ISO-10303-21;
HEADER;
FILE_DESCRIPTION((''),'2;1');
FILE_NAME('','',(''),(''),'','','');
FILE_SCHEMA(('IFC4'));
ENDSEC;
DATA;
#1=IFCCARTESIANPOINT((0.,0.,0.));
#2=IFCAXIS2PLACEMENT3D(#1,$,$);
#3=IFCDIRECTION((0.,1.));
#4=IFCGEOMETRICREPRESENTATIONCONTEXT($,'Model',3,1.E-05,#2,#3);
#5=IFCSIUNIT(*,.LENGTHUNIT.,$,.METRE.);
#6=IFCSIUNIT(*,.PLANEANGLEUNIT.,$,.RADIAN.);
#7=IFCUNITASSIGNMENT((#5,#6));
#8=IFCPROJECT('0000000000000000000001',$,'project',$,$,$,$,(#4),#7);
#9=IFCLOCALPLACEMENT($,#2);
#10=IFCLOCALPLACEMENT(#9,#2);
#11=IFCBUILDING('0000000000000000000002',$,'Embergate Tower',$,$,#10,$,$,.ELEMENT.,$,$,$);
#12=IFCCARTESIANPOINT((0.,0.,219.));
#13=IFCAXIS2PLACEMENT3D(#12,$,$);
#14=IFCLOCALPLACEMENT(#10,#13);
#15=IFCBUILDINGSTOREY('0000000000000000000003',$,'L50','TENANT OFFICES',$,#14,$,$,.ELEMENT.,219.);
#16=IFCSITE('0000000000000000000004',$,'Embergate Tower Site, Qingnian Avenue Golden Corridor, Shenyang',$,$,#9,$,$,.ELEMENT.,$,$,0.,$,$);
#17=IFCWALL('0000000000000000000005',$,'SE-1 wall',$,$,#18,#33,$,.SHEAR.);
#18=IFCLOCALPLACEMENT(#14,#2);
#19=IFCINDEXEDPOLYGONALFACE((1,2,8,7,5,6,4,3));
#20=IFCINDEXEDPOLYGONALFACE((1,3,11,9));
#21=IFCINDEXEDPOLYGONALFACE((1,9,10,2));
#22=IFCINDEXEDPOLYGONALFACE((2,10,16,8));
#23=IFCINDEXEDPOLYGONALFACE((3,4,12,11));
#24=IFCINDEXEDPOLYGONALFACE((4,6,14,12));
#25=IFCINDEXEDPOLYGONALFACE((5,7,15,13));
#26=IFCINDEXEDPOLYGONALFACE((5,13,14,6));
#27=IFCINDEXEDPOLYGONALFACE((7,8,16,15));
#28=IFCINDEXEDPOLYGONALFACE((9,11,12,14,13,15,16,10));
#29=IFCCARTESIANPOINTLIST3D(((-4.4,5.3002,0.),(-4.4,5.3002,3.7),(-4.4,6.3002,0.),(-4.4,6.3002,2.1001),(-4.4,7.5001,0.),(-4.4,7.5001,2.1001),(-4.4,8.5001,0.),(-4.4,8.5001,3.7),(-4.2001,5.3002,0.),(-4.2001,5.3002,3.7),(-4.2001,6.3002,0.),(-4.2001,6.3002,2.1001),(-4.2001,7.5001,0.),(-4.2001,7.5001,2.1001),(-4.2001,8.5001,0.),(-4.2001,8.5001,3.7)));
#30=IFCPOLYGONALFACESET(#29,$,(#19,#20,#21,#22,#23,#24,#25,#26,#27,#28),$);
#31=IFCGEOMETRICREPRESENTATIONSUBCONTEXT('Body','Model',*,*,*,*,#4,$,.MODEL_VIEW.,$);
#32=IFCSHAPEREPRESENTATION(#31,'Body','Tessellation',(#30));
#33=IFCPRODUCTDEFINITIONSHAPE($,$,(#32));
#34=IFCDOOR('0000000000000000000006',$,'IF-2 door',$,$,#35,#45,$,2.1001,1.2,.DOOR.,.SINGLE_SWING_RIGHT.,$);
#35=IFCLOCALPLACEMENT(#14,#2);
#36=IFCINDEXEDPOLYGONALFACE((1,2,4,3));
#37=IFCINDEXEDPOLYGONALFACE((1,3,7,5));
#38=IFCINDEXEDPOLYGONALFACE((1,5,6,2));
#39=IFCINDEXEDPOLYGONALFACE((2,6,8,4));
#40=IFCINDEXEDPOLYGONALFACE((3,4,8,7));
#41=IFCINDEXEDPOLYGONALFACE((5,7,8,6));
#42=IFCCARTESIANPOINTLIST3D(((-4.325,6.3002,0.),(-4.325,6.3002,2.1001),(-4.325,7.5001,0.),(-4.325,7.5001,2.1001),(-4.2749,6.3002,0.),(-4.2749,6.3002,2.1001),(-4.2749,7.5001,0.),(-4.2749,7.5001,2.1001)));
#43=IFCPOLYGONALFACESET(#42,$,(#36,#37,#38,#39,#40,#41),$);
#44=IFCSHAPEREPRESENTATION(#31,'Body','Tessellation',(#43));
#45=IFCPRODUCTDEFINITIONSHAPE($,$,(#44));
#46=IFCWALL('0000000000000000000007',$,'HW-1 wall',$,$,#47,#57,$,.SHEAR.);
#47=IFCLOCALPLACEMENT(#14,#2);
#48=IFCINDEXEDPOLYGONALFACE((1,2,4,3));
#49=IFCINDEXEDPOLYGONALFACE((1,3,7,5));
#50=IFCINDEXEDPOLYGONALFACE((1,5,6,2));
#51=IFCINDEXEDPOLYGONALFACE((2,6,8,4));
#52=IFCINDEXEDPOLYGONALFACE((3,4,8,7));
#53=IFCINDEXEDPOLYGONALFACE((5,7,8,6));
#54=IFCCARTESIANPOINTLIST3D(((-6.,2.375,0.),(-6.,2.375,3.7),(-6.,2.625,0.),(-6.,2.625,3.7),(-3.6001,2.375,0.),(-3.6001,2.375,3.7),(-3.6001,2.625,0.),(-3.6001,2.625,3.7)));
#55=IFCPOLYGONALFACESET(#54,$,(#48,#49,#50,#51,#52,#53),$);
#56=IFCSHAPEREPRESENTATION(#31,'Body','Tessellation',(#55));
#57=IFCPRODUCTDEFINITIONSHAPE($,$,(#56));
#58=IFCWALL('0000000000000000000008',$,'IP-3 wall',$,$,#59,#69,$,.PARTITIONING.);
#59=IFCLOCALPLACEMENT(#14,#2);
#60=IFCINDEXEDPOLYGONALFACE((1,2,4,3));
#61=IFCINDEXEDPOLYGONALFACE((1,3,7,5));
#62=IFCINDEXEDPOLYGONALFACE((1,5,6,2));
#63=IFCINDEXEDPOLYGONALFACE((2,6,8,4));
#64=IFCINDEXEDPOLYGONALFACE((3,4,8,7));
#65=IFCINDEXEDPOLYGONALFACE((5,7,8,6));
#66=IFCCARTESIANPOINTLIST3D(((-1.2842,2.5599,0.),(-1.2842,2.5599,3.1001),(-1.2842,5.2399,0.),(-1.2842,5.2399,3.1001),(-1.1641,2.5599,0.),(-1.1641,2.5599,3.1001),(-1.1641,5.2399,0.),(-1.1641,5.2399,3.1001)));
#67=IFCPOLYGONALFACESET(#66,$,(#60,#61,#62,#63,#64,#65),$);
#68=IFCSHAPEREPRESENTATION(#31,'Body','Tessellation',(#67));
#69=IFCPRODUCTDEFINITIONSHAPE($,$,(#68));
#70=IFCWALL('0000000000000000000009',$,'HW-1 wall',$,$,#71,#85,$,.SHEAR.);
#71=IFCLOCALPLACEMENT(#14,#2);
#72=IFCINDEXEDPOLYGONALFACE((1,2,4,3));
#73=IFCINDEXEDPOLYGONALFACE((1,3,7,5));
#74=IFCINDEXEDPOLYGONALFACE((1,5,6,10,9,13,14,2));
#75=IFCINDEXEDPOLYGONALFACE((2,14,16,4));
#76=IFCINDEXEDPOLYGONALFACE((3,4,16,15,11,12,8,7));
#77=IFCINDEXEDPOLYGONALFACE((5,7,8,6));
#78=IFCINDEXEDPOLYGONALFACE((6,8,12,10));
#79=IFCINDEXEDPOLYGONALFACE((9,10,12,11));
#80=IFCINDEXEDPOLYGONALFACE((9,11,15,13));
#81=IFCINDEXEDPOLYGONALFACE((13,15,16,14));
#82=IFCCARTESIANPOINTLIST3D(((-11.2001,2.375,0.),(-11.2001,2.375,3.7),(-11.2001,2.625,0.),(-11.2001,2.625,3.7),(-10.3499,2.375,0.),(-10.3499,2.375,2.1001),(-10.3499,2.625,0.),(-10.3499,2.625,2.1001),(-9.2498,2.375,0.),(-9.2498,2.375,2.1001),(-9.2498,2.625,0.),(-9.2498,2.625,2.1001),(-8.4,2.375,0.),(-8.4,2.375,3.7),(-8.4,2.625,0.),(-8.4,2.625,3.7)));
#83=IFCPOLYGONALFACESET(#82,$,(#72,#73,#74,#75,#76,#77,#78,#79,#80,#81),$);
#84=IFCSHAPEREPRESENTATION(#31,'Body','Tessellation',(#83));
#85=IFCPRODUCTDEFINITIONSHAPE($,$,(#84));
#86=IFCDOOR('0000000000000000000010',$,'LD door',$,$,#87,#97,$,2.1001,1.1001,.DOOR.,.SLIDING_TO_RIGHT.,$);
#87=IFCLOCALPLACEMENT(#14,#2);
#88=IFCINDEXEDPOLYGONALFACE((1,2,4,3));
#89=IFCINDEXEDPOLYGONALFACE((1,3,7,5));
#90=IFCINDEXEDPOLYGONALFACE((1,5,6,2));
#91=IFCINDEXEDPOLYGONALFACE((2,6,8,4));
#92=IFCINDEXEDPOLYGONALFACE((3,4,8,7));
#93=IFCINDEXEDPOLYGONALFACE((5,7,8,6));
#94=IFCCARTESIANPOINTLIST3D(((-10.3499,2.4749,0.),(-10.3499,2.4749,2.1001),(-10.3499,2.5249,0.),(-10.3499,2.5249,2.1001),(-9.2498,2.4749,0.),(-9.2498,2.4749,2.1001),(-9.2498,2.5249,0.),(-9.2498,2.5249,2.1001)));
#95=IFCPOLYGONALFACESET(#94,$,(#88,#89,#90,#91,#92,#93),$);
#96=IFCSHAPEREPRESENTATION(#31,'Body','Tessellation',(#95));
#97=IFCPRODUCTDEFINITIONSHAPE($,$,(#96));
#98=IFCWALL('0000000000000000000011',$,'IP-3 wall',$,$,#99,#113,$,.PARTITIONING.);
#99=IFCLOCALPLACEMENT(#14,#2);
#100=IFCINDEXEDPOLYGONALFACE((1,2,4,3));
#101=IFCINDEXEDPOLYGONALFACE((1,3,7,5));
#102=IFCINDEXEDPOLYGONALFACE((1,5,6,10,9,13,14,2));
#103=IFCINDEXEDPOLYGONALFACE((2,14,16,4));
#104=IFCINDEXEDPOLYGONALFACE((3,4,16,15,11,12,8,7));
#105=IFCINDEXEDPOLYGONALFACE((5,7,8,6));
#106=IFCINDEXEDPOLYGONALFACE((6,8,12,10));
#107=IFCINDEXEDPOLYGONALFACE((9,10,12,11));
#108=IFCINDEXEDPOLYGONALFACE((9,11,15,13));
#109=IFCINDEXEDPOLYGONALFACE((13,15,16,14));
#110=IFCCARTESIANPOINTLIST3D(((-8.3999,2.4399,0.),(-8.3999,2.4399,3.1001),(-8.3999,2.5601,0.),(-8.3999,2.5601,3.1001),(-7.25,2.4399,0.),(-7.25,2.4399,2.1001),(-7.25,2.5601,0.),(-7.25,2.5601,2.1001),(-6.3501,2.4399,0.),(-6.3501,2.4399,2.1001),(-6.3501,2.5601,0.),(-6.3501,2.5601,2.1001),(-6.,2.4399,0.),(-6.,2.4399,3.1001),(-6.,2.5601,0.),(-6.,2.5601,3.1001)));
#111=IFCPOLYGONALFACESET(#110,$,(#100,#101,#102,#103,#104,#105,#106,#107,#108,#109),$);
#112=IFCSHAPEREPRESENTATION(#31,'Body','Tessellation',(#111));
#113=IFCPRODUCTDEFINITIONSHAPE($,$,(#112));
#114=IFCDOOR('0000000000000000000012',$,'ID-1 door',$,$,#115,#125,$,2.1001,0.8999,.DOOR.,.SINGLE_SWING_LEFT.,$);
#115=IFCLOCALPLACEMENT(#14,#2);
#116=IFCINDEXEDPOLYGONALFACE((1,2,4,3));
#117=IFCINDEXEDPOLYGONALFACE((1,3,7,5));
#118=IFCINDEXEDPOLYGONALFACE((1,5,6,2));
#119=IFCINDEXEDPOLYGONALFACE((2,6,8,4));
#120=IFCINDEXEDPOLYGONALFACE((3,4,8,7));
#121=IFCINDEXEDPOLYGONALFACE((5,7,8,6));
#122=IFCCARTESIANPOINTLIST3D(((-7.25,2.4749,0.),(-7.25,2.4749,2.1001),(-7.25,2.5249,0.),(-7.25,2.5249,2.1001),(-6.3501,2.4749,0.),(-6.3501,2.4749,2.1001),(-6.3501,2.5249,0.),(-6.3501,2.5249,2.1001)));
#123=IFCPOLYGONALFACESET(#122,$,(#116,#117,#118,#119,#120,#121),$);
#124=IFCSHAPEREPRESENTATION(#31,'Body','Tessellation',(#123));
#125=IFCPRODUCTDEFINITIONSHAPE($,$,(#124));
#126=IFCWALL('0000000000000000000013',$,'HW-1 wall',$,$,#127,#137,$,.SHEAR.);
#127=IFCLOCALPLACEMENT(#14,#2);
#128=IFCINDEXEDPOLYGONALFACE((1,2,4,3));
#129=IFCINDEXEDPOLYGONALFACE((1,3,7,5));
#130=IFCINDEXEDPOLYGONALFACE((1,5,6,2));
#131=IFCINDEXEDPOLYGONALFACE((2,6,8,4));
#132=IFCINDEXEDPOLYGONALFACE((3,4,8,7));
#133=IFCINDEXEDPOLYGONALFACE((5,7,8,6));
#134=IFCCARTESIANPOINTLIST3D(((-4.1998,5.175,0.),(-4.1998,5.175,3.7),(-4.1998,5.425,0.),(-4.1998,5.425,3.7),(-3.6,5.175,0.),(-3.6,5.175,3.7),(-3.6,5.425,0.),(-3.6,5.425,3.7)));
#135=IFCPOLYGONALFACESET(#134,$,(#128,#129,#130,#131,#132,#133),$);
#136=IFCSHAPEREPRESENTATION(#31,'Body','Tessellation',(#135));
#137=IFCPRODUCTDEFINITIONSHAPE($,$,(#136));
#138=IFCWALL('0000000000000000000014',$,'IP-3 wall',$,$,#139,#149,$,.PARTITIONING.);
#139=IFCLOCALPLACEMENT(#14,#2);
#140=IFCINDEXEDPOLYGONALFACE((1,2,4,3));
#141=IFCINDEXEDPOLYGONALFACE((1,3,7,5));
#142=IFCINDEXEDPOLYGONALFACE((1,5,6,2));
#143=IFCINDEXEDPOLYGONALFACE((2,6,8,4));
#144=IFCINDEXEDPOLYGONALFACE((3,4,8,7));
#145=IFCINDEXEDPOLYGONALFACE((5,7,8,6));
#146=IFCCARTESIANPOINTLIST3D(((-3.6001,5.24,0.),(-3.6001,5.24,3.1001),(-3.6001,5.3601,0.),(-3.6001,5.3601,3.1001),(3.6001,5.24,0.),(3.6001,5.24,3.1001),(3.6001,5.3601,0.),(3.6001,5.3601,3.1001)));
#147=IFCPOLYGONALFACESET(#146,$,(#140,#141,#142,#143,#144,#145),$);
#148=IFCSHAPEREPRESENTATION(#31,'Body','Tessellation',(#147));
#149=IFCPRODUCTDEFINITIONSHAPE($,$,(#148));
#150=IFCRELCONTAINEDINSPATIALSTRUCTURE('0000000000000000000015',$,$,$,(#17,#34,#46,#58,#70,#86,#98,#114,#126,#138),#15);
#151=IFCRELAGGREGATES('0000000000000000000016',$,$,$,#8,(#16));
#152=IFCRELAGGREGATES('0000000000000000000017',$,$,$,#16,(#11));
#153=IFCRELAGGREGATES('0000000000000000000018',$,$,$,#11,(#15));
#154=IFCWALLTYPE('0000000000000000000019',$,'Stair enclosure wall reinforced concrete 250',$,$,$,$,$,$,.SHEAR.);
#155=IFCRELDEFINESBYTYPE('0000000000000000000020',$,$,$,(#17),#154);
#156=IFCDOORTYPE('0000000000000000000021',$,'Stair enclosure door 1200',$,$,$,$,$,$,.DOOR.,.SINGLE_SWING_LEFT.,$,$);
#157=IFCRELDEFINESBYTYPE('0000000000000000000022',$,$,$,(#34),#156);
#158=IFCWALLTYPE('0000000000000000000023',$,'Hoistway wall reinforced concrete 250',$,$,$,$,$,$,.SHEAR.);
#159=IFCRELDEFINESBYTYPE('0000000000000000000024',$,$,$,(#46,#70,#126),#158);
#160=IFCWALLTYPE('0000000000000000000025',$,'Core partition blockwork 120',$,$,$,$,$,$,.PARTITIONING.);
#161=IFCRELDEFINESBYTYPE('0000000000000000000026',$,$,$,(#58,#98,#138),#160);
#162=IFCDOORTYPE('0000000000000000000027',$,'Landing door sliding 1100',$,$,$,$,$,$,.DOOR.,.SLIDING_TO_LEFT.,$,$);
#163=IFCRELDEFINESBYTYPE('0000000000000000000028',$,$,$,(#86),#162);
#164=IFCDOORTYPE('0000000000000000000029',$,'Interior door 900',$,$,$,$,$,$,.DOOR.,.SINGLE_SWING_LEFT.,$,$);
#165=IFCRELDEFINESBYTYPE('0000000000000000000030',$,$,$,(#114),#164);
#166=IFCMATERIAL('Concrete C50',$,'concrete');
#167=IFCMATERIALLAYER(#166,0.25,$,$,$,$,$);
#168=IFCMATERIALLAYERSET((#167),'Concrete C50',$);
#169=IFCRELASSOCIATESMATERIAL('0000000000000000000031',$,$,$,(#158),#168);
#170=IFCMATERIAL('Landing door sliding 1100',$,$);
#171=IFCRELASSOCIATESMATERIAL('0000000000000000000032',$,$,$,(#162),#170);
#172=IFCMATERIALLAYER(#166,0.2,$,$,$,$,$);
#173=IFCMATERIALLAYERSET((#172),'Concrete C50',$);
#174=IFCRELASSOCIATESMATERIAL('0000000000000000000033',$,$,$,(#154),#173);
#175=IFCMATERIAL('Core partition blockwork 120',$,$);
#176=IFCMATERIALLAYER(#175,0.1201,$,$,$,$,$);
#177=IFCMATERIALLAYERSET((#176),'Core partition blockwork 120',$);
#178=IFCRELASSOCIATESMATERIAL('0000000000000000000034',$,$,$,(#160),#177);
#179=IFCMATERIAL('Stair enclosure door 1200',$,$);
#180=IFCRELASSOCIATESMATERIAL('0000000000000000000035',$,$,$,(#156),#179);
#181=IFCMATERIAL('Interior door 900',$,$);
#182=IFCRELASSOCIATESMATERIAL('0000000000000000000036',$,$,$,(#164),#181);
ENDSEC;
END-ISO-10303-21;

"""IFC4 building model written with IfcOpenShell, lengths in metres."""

from ifc_helpers import new_model, si_unit, direction, frame, frame_2d, origin, place, context, subcontext, project, spatial, rectangle, extrude, source, transform, mapped, material, layer, layer_set, type_object, element, fill, save


model = new_model("IFC4")

# Units and contexts
model_context = context("Model", 3, precision=1e-05, world=origin(), true_north=direction((0.0, 1.0)))
body_context = subcontext(model_context, "Body", "Model", "MODEL_VIEW")
ifc_project = project(units=[si_unit("LENGTHUNIT", "METRE"), si_unit("PLANEANGLEUNIT", "RADIAN")], contexts=[model_context])

# Site, building, storey
site_placement = place(None, origin())
site = spatial("IfcSite", under=ifc_project, at=site_placement, Name="Embergate Tower Site, Qingnian Avenue Golden Corridor, Shenyang", CompositionType="ELEMENT", RefElevation=0.0)
building_placement = place(site_placement, origin())
building = spatial("IfcBuilding", under=site, at=building_placement, Name="Embergate Tower", CompositionType="ELEMENT")
storey_placement = place(building_placement, frame((0.0, 0.0, 219.0)))
storey = spatial("IfcBuildingStorey", under=building, at=storey_placement, Name="L50", Description="TENANT OFFICES", CompositionType="ELEMENT", Elevation=219.0)

# Shared definitions
ifc_material_1 = material(Name="Concrete C50", Category="concrete")
ifc_layer_1 = layer(ifc_material_1, 0.25)
ifc_layer_set_1 = layer_set([ifc_layer_1], Name="Concrete C50")
wall_type_1 = type_object("IfcWallType", Name="Hoistway wall reinforced concrete 250", PredefinedType="SHEAR", material=ifc_layer_set_1)

# Shared definitions
shared_shape_1 = source(origin(), body_context, "Body", "SweptSolid", [
    extrude(rectangle(XDim=1.1001, YDim=2.1001, at=frame_2d((0.55, 1.05))), frame((0.0, 0.135, 0.0), z_axis=(0.0, -1.0, 0.0), x_axis=(1.0, 0.0, 0.0)), (0.0, 0.0, 1.0), 0.27),
])
ifc_material_2 = material(Name="Landing door sliding 1100")
door_type_1 = type_object("IfcDoorType", Name="Landing door sliding 1100", OperationType="SLIDING_TO_LEFT", PredefinedType="DOOR", material=ifc_material_2)
shared_shape_2 = source(origin(), body_context, "Body", "SweptSolid", [
    extrude(rectangle(XDim=1.1001, YDim=2.1001, at=frame_2d((0.55, 1.05))), frame((0.0, 0.0249, 0.0), z_axis=(0.0, -1.0, 0.0), x_axis=(1.0, 0.0, 0.0)), (0.0, 0.0, 1.0), 0.05),
])

# Shared definitions
ifc_layer_2 = layer(ifc_material_1, 0.2)
ifc_layer_set_2 = layer_set([ifc_layer_2], Name="Concrete C50")
wall_type_2 = type_object("IfcWallType", Name="Stair enclosure wall reinforced concrete 250", PredefinedType="SHEAR", material=ifc_layer_set_2)

# Wall, opening, door
ifc_material_3 = material(Name="Core partition blockwork 120")
ifc_layer_3 = layer(ifc_material_3, 0.1201)
ifc_layer_set_3 = layer_set([ifc_layer_3], Name="Core partition blockwork 120")
wall_type_3 = type_object("IfcWallType", Name="Core partition blockwork 120", PredefinedType="PARTITIONING", material=ifc_layer_set_3)
shared_shape_3 = source(origin(), body_context, "Body", "SweptSolid", [
    extrude(rectangle(XDim=3.2, YDim=0.2, at=frame_2d((1.6001, 0.0))), origin(), (0.0, 0.0, 1.0), 3.7),
])
wall_1_placement = place(storey_placement, frame((-4.3, 5.3, 0.0), z_axis=(0.0, 0.0, 1.0), x_axis=(0.0, 1.0, 0.0)))
wall_1 = element("IfcWall", 1, at=wall_1_placement, inside=storey, type_object=wall_type_2, Name="SE-1 wall", PredefinedType="SHEAR", context=body_context, shape_type="MappedRepresentation", body=[
    mapped(shared_shape_3, transform((0.0, 0.0, 0.0))),
])
shared_shape_4 = source(origin(), body_context, "Body", "SweptSolid", [
    extrude(rectangle(XDim=1.2, YDim=2.1001, at=frame_2d((0.6001, 1.05))), frame((0.0, 0.1099, 0.0), z_axis=(0.0, -1.0, 0.0), x_axis=(1.0, 0.0, 0.0)), (0.0, 0.0, 1.0), 0.22),
])
opening_1_placement = place(wall_1_placement, frame((1.0, 0.0, 0.0)))
opening_1 = element("IfcOpeningElement", 2, at=opening_1_placement, cuts=wall_1, PredefinedType="OPENING", context=body_context, shape_type="MappedRepresentation", body=[
    mapped(shared_shape_4, transform((0.0, 0.0, 0.0))),
])
ifc_material_4 = material(Name="Stair enclosure door 1200")
door_type_2 = type_object("IfcDoorType", Name="Stair enclosure door 1200", OperationType="SINGLE_SWING_LEFT", PredefinedType="DOOR", material=ifc_material_4)
shared_shape_5 = source(origin(), body_context, "Body", "SweptSolid", [
    extrude(rectangle(XDim=1.2, YDim=2.1001, at=frame_2d((0.6001, 1.05))), frame((0.0, 0.0249, 0.0), z_axis=(0.0, -1.0, 0.0), x_axis=(1.0, 0.0, 0.0)), (0.0, 0.0, 1.0), 0.05),
])
door_1_placement = place(opening_1_placement, origin())
door_1 = element("IfcDoor", 3, at=door_1_placement, inside=storey, type_object=door_type_2, Name="IF-2 door", OperationType="SINGLE_SWING_RIGHT", OverallHeight=2.1001, OverallWidth=1.2, PredefinedType="DOOR", context=body_context, shape_type="MappedRepresentation", body=[
    mapped(shared_shape_5, transform((0.0, 0.0, 0.0))),
])
fill(opening_1, door_1)

# Walls
shared_shape_6 = source(origin(), body_context, "Body", "SweptSolid", [
    extrude(rectangle(XDim=2.3999, YDim=0.25, at=frame_2d((1.2, 0.0))), origin(), (0.0, 0.0, 1.0), 3.7),
])
wall_2_placement = place(storey_placement, frame((-6.0, 2.5, 0.0), z_axis=(0.0, 0.0, 1.0), x_axis=(1.0, 0.0, 0.0)))
element("IfcWall", 4, at=wall_2_placement, inside=storey, type_object=wall_type_1, Name="HW-1 wall", PredefinedType="SHEAR", context=body_context, shape_type="MappedRepresentation", body=[
    mapped(shared_shape_6, transform((0.0, 0.0, 0.0))),
])
shared_shape_7 = source(origin(), body_context, "Body", "SweptSolid", [
    extrude(rectangle(XDim=2.6799, YDim=0.1201, at=frame_2d((1.3398, 0.0))), origin(), (0.0, 0.0, 1.0), 3.1001),
])
wall_3_placement = place(storey_placement, frame((-1.2241, 2.5601, 0.0), z_axis=(0.0, 0.0, 1.0), x_axis=(0.0, 1.0, 0.0)))
element("IfcWall", 5, at=wall_3_placement, inside=storey, type_object=wall_type_3, Name="IP-3 wall", PredefinedType="PARTITIONING", context=body_context, shape_type="MappedRepresentation", body=[
    mapped(shared_shape_7, transform((0.0, 0.0, 0.0))),
])

# Walls, openings, doors
shared_shape_8 = source(origin(), body_context, "Body", "SweptSolid", [
    extrude(rectangle(XDim=2.8, YDim=0.25, at=frame_2d((1.3999, 0.0))), origin(), (0.0, 0.0, 1.0), 3.7),
])
wall_4_placement = place(storey_placement, frame((-11.2, 2.5, 0.0), z_axis=(0.0, 0.0, 1.0), x_axis=(1.0, 0.0, 0.0)))
wall_4 = element("IfcWall", 6, at=wall_4_placement, inside=storey, type_object=wall_type_1, Name="HW-1 wall", PredefinedType="SHEAR", context=body_context, shape_type="MappedRepresentation", body=[
    mapped(shared_shape_8, transform((0.0, 0.0, 0.0))),
])
opening_2_placement = place(wall_4_placement, frame((0.8501, 0.0, 0.0)))
opening_2 = element("IfcOpeningElement", 7, at=opening_2_placement, cuts=wall_4, PredefinedType="OPENING", context=body_context, shape_type="MappedRepresentation", body=[
    mapped(shared_shape_1, transform((0.0, 0.0, 0.0))),
])
door_2_placement = place(opening_2_placement, origin())
door_2 = element("IfcDoor", 8, at=door_2_placement, inside=storey, type_object=door_type_1, Name="LD door", OperationType="SLIDING_TO_RIGHT", OverallHeight=2.1001, OverallWidth=1.1001, PredefinedType="DOOR", context=body_context, shape_type="MappedRepresentation", body=[
    mapped(shared_shape_2, transform((0.0, 0.0, 0.0))),
])
fill(opening_2, door_2)
shared_shape_9 = source(origin(), body_context, "Body", "SweptSolid", [
    extrude(rectangle(XDim=2.3999, YDim=0.1201, at=frame_2d((1.2, 0.0))), origin(), (0.0, 0.0, 1.0), 3.1001),
])
wall_5_placement = place(storey_placement, frame((-8.3999, 2.5, 0.0), z_axis=(0.0, 0.0, 1.0), x_axis=(1.0, 0.0, 0.0)))
wall_5 = element("IfcWall", 9, at=wall_5_placement, inside=storey, type_object=wall_type_3, Name="IP-3 wall", PredefinedType="PARTITIONING", context=body_context, shape_type="MappedRepresentation", body=[
    mapped(shared_shape_9, transform((0.0, 0.0, 0.0))),
])
shared_shape_10 = source(origin(), body_context, "Body", "SweptSolid", [
    extrude(rectangle(XDim=0.8999, YDim=2.1001, at=frame_2d((0.45, 1.05))), frame((0.0, 0.0701, 0.0), z_axis=(0.0, -1.0, 0.0), x_axis=(1.0, 0.0, 0.0)), (0.0, 0.0, 1.0), 0.1401),
])
opening_3_placement = place(wall_5_placement, frame((1.1499, 0.0, 0.0)))
opening_3 = element("IfcOpeningElement", 10, at=opening_3_placement, cuts=wall_5, PredefinedType="OPENING", context=body_context, shape_type="MappedRepresentation", body=[
    mapped(shared_shape_10, transform((0.0, 0.0, 0.0))),
])
ifc_material_5 = material(Name="Interior door 900")
door_type_3 = type_object("IfcDoorType", Name="Interior door 900", OperationType="SINGLE_SWING_LEFT", PredefinedType="DOOR", material=ifc_material_5)
shared_shape_11 = source(origin(), body_context, "Body", "SweptSolid", [
    extrude(rectangle(XDim=0.8999, YDim=2.1001, at=frame_2d((0.45, 1.05))), frame((0.0, 0.0249, 0.0), z_axis=(0.0, -1.0, 0.0), x_axis=(1.0, 0.0, 0.0)), (0.0, 0.0, 1.0), 0.05),
])
door_3_placement = place(opening_3_placement, origin())
door_3 = element("IfcDoor", 11, at=door_3_placement, inside=storey, type_object=door_type_3, Name="ID-1 door", OperationType="SINGLE_SWING_LEFT", OverallHeight=2.1001, OverallWidth=0.8999, PredefinedType="DOOR", context=body_context, shape_type="MappedRepresentation", body=[
    mapped(shared_shape_11, transform((0.0, 0.0, 0.0))),
])
fill(opening_3, door_3)

# Walls
shared_shape_12 = source(origin(), body_context, "Body", "SweptSolid", [
    extrude(rectangle(XDim=0.5999, YDim=0.25, at=frame_2d((0.2998, 0.0))), origin(), (0.0, 0.0, 1.0), 3.7),
])
wall_6_placement = place(storey_placement, frame((-3.6001, 5.3, 0.0), z_axis=(0.0, 0.0, 1.0), x_axis=(-1.0, 0.0, 0.0)))
element("IfcWall", 12, at=wall_6_placement, inside=storey, type_object=wall_type_1, Name="HW-1 wall", PredefinedType="SHEAR", context=body_context, shape_type="MappedRepresentation", body=[
    mapped(shared_shape_12, transform((0.0, 0.0, 0.0))),
])
shared_shape_13 = source(origin(), body_context, "Body", "SweptSolid", [
    extrude(rectangle(XDim=7.2002, YDim=0.1201, at=frame_2d((3.6001, 0.0))), origin(), (0.0, 0.0, 1.0), 3.1001),
])
wall_7_placement = place(storey_placement, frame((-3.6001, 5.3, 0.0), z_axis=(0.0, 0.0, 1.0), x_axis=(1.0, 0.0, 0.0)))
element("IfcWall", 13, at=wall_7_placement, inside=storey, type_object=wall_type_3, Name="IP-3 wall", PredefinedType="PARTITIONING", context=body_context, shape_type="MappedRepresentation", body=[
    mapped(shared_shape_13, transform((0.0, 0.0, 0.0))),
])

save(model, "model.ifc")
